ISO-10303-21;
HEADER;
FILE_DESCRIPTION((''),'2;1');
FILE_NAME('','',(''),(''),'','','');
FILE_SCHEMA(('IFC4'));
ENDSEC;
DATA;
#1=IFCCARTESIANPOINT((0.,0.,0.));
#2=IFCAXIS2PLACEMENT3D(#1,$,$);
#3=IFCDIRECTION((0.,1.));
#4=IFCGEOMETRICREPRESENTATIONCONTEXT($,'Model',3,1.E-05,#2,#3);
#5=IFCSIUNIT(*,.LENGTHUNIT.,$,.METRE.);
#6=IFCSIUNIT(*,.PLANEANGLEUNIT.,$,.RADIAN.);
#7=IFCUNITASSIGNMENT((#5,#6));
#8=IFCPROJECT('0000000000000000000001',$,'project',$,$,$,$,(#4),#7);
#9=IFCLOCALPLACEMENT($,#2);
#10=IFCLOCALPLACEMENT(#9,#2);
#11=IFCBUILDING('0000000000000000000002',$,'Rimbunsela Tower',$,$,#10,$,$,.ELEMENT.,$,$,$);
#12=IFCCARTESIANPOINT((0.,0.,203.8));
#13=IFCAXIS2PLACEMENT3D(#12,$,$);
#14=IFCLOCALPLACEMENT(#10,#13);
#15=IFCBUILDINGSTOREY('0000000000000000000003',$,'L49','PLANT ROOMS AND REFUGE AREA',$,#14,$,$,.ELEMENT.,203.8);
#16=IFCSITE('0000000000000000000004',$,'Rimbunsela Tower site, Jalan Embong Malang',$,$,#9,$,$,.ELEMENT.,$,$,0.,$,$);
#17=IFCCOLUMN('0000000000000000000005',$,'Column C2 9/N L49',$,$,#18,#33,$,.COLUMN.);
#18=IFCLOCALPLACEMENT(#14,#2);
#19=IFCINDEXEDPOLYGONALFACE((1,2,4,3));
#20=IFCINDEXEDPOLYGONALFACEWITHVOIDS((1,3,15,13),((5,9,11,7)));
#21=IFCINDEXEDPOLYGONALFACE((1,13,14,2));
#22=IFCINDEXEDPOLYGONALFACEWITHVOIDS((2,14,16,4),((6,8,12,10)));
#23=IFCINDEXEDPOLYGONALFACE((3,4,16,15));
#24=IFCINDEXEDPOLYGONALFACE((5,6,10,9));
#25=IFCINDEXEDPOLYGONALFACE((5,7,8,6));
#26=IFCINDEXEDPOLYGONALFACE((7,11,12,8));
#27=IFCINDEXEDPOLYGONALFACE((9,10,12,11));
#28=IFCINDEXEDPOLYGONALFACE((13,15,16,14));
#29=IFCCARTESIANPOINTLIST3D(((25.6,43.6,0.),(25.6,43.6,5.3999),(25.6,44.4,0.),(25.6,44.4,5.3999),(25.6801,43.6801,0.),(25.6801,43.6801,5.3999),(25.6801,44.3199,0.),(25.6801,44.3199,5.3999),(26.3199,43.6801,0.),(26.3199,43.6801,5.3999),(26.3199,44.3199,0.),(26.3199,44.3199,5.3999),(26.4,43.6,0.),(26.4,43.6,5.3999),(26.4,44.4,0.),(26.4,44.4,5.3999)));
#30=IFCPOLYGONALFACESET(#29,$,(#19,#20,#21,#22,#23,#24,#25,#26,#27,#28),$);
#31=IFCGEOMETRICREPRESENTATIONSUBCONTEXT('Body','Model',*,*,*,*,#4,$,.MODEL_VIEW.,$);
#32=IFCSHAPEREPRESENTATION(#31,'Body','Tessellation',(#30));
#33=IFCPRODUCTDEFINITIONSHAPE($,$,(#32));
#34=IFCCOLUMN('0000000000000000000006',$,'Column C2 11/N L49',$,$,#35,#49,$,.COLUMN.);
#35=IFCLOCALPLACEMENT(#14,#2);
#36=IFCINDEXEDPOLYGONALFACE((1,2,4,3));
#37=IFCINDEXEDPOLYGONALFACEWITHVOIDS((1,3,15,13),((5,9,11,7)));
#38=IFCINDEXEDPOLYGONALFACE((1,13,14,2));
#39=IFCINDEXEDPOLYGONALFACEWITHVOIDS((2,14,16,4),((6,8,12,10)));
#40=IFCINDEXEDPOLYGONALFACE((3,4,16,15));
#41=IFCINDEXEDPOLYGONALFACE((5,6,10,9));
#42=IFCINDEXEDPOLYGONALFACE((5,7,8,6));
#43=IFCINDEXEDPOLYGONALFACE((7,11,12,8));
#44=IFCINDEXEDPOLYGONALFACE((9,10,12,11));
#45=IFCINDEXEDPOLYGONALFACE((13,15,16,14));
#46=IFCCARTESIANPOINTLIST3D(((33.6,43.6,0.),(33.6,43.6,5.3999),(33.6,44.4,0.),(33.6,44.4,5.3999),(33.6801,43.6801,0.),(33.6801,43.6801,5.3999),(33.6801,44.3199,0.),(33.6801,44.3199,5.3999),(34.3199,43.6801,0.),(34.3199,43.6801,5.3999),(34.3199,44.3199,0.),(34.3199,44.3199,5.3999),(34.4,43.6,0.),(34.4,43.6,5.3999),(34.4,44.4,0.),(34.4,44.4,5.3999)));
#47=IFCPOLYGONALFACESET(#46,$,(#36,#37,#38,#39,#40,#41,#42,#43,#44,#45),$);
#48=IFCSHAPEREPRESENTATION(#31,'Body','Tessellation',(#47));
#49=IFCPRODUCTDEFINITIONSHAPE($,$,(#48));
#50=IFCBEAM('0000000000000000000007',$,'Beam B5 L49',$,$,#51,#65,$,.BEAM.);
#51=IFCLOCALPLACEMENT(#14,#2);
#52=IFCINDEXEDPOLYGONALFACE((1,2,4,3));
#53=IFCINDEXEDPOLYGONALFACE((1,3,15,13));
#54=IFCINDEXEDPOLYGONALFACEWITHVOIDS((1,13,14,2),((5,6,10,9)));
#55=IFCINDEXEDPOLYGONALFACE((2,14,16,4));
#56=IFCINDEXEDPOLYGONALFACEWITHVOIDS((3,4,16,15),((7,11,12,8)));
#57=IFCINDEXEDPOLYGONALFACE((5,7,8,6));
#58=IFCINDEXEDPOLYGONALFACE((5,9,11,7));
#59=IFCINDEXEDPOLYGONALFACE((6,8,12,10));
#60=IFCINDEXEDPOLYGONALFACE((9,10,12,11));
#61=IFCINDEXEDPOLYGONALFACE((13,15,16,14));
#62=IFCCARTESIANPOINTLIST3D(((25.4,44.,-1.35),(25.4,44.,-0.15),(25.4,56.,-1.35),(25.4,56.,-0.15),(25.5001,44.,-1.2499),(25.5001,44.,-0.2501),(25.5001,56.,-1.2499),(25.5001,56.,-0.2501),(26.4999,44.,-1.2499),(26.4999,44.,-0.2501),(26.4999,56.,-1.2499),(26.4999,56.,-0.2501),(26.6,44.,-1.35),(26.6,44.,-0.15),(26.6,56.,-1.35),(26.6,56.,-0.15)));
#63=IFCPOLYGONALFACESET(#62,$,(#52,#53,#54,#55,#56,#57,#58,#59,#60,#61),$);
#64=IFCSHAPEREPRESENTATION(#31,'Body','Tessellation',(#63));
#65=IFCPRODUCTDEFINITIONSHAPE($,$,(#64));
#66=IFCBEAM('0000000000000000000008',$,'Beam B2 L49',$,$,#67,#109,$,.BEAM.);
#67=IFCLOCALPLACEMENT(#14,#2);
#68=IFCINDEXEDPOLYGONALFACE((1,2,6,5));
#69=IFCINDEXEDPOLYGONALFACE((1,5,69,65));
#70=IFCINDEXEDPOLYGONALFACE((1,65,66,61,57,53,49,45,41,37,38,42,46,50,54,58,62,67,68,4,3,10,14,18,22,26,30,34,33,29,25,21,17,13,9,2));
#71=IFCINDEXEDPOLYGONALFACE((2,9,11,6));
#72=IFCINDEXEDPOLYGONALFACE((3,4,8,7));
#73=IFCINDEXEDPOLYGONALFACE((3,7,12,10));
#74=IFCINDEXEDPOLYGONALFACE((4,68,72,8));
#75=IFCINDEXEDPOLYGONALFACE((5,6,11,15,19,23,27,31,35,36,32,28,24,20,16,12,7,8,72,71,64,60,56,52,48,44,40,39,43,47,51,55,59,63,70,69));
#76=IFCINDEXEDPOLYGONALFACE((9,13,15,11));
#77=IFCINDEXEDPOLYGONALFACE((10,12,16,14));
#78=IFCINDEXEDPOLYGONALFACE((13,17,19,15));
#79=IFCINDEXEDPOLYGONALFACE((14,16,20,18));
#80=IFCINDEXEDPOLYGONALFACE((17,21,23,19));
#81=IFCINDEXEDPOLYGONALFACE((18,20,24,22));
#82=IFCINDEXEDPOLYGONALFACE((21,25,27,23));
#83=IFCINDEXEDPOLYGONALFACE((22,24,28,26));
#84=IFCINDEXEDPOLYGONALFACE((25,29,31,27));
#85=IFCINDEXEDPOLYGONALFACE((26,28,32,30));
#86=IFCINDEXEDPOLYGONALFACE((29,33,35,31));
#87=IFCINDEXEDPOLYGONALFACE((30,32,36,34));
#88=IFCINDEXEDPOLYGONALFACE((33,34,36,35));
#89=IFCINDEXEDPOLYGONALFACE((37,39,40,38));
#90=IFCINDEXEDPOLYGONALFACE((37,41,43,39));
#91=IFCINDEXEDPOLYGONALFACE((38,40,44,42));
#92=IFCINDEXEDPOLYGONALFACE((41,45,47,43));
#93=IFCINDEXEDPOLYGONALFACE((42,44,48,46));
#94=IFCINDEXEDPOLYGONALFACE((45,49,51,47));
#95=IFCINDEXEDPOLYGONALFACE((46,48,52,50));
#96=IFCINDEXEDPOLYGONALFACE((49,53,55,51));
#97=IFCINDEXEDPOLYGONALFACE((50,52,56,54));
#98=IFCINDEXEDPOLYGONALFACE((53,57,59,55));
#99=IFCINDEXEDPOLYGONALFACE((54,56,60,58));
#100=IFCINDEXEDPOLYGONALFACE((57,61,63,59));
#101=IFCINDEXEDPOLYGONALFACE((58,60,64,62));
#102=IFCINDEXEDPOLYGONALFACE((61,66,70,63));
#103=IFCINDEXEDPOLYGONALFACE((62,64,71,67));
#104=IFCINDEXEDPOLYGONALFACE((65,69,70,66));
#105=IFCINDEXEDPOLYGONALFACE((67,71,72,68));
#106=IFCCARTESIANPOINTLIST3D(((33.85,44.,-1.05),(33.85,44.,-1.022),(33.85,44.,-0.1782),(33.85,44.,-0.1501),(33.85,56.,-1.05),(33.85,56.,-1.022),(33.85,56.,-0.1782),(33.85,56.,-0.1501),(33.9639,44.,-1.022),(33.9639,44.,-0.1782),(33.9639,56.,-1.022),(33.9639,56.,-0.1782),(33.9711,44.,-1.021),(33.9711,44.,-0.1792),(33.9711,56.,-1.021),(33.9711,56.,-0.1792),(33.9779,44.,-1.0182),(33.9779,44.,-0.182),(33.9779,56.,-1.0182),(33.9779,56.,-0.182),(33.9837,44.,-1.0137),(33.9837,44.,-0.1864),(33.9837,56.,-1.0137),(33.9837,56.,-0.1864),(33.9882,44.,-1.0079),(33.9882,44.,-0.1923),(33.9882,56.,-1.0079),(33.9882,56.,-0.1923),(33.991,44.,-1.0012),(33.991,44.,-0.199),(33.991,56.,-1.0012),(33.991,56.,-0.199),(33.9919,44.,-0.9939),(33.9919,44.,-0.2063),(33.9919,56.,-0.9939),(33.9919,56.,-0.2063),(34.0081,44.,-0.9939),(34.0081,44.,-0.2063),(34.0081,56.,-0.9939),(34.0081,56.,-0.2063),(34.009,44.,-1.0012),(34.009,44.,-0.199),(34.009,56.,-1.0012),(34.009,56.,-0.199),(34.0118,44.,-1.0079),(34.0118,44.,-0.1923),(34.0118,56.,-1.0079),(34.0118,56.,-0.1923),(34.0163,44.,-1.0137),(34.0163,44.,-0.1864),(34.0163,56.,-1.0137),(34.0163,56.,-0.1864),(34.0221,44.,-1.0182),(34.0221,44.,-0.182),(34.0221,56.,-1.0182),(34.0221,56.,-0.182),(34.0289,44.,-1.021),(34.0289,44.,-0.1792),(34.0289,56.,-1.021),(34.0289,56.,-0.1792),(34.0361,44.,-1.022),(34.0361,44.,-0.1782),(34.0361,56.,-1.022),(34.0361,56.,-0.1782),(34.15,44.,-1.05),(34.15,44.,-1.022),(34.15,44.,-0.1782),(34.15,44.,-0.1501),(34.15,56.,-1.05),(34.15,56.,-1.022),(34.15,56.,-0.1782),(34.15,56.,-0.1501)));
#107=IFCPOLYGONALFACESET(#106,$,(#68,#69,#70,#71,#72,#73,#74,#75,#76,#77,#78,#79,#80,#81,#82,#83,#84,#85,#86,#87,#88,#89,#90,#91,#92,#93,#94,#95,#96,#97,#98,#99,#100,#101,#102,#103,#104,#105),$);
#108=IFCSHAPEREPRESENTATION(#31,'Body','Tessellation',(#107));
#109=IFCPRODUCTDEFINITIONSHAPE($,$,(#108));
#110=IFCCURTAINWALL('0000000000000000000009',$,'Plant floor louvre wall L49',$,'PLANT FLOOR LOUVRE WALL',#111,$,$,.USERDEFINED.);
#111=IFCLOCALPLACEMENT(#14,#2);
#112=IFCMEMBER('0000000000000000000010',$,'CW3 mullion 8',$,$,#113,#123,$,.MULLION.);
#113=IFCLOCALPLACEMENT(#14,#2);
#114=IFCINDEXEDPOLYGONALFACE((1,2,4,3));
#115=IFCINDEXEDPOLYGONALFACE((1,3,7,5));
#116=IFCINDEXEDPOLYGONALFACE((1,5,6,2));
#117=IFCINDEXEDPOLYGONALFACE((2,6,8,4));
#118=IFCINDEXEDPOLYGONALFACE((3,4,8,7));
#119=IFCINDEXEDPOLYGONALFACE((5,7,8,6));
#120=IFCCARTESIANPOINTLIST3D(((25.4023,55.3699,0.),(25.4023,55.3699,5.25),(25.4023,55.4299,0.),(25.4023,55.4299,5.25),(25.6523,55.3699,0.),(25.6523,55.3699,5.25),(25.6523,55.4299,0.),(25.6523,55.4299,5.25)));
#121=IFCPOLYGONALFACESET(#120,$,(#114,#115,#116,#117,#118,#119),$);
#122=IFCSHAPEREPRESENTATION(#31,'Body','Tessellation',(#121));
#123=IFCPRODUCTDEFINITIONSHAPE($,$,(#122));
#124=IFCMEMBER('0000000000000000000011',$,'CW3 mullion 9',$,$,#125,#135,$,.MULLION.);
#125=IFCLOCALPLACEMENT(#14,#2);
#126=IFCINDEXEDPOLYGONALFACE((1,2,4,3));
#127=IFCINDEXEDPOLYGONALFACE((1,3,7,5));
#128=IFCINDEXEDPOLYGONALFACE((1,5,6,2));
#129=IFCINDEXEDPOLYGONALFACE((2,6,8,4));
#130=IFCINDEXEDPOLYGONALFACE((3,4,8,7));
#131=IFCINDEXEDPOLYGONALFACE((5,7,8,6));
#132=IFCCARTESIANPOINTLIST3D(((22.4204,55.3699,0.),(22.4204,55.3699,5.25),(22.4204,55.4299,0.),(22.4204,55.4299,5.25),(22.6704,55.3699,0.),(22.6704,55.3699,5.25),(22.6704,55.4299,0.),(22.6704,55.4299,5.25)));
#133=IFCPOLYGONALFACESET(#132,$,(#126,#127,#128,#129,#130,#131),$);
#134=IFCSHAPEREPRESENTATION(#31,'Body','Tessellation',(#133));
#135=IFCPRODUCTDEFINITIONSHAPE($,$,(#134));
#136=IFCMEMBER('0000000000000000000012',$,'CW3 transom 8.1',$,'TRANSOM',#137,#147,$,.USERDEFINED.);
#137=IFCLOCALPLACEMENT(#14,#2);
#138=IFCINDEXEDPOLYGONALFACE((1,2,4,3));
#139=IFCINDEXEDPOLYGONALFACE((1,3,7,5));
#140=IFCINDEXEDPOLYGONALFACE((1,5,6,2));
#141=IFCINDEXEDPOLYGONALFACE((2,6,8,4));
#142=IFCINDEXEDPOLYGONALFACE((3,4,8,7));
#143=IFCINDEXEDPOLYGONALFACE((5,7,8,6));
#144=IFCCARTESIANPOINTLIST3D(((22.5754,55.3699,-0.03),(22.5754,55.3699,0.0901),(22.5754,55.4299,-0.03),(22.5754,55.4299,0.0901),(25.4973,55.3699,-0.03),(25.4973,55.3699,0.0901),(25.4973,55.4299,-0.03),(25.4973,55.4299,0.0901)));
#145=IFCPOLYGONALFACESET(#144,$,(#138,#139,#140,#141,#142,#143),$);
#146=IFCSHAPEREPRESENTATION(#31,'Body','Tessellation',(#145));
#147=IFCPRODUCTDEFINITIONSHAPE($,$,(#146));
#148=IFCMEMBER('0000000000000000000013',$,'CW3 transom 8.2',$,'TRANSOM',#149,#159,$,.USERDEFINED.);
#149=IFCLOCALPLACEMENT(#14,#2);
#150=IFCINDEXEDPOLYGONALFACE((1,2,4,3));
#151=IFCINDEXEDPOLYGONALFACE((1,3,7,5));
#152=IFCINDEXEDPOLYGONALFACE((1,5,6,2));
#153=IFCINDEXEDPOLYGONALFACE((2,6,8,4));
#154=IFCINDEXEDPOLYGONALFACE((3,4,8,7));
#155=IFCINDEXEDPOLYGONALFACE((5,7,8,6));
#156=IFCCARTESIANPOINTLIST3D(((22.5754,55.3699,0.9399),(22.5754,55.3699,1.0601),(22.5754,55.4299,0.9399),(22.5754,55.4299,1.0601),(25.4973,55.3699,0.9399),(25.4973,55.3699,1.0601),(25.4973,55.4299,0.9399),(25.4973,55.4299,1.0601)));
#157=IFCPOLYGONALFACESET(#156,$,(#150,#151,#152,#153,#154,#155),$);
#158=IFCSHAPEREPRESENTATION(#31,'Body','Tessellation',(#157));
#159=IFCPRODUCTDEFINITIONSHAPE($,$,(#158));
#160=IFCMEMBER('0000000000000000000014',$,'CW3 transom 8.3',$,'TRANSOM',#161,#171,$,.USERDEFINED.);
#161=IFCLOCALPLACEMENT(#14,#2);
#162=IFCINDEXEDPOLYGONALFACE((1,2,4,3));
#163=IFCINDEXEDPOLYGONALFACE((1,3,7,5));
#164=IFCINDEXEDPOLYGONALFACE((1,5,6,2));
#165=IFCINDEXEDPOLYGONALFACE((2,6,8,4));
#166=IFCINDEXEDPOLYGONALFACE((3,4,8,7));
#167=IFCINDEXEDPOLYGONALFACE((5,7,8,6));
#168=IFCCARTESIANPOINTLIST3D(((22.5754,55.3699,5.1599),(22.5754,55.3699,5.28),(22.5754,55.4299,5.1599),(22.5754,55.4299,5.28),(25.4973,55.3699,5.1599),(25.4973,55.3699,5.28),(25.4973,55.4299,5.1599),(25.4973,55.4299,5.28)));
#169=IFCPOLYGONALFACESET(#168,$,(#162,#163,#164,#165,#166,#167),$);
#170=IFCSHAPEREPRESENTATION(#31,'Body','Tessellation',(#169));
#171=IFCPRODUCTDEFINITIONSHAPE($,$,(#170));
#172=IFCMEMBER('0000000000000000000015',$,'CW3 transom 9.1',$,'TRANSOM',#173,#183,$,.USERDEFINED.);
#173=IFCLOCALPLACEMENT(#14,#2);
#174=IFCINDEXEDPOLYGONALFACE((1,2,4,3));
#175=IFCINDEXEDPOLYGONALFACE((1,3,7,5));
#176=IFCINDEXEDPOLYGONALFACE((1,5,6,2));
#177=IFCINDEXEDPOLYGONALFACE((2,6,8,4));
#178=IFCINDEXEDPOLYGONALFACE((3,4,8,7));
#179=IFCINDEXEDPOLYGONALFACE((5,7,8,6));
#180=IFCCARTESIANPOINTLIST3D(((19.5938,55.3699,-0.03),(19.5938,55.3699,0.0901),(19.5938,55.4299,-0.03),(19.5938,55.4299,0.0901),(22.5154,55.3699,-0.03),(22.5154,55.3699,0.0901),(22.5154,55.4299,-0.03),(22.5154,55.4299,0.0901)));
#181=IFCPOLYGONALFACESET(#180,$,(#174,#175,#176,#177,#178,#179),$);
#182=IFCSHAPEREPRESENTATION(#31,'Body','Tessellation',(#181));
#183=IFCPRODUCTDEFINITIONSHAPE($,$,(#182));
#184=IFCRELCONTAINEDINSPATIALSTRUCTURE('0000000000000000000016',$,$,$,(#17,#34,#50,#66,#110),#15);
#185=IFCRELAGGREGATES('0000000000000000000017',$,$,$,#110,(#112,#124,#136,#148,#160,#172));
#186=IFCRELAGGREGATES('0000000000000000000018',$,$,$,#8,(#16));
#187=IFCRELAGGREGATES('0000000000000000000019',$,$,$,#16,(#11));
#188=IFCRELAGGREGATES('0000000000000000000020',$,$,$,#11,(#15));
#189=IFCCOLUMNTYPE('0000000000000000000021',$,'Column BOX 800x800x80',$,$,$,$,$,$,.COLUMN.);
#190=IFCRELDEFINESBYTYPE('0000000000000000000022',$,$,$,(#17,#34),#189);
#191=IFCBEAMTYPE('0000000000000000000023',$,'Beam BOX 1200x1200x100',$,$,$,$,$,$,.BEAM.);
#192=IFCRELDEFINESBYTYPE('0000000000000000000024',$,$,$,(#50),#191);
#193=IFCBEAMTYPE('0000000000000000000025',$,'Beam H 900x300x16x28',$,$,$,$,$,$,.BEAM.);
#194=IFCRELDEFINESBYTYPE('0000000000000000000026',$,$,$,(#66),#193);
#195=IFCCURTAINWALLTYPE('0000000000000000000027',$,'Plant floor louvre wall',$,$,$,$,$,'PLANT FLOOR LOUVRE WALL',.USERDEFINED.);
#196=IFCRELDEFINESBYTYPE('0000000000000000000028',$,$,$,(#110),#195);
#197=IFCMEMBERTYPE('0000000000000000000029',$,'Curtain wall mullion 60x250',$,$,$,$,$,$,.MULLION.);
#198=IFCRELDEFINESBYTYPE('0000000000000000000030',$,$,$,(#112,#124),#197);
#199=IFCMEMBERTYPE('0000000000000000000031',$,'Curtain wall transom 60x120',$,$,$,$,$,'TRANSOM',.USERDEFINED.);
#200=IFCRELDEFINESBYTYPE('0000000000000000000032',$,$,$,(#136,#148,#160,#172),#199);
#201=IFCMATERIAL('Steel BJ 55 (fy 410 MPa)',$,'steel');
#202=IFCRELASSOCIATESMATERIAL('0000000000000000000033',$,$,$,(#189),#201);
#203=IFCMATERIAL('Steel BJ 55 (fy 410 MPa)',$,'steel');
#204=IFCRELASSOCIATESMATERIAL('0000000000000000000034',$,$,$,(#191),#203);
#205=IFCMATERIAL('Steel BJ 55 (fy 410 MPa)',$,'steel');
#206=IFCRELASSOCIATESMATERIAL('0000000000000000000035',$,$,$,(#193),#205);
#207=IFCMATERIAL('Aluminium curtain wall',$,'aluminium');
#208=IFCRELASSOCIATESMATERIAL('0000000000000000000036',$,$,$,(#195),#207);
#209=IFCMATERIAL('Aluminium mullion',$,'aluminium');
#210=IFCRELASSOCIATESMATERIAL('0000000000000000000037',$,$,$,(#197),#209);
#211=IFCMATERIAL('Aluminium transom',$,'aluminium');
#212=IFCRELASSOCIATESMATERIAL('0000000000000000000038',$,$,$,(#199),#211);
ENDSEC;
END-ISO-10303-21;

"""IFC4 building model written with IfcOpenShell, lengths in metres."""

from ifc_helpers import new_model, si_unit, direction, frame, origin, origin_2d, place, context, subcontext, project, spatial, rectangle, hollow_rectangle, i_section, extrude, material, material_profile, profile_set, type_object, element, aggregate, save


model = new_model("IFC4")

# Units and contexts
model_context = context("Model", 3, precision=1e-05, world=origin(), true_north=direction((0.0, 1.0)))
body_context = subcontext(model_context, "Body", "Model", "MODEL_VIEW")
ifc_project = project(units=[si_unit("LENGTHUNIT", "METRE"), si_unit("PLANEANGLEUNIT", "RADIAN")], contexts=[model_context])

# Site, building, storey
site_placement = place(None, origin())
site = spatial("IfcSite", under=ifc_project, at=site_placement, Name="Rimbunsela Tower site, Jalan Embong Malang", CompositionType="ELEMENT", RefElevation=0.0)
building_placement = place(site_placement, origin())
building = spatial("IfcBuilding", under=site, at=building_placement, Name="Rimbunsela Tower", CompositionType="ELEMENT")
storey_placement = place(building_placement, frame((0.0, 0.0, 203.8)))
storey = spatial("IfcBuildingStorey", under=building, at=storey_placement, Name="L49", Description="PLANT ROOMS AND REFUGE AREA", CompositionType="ELEMENT", Elevation=203.8)

# Columns
ifc_material_1 = material(Name="Steel BJ 55 (fy 410 MPa)", Category="steel")
ifc_material_profile_1 = material_profile(ifc_material_1, hollow_rectangle(XDim=0.8, YDim=0.8, WallThickness=0.0801, at=origin_2d()), Name="BOX 800x800x80")
ifc_profile_set_1 = profile_set([ifc_material_profile_1], Name="Steel BJ 55 (fy 410 MPa)")
column_type = type_object("IfcColumnType", Name="Column BOX 800x800x80", PredefinedType="COLUMN", material=ifc_profile_set_1)
for number, where, z_axis, x_axis, name in (
    (1, (26.0, 44.0, 0.0), (0.0, 0.0, 1.0), (1.0, 0.0, 0.0), "Column C2 9/N L49"),
    (2, (34.0, 44.0, 0.0), (0.0, 0.0, 1.0), (1.0, 0.0, 0.0), "Column C2 11/N L49"),
):
    element("IfcColumn", number, at=place(storey_placement, frame(where, z_axis=z_axis, x_axis=x_axis)), inside=storey, type_object=column_type, Name=name, PredefinedType="COLUMN", context=body_context, shape_type="SweptSolid", body=[
        extrude(hollow_rectangle(XDim=0.8, YDim=0.8, WallThickness=0.0801, at=origin_2d()), origin(), (0.0, 0.0, 1.0), 5.3999),
    ])

# Beams
ifc_material_2 = material(Name="Steel BJ 55 (fy 410 MPa)", Category="steel")
ifc_material_profile_2 = material_profile(ifc_material_2, hollow_rectangle(XDim=1.2, YDim=1.2, WallThickness=0.1001, at=origin_2d()), Name="BOX 1200x1200x100")
ifc_profile_set_2 = profile_set([ifc_material_profile_2], Name="Steel BJ 55 (fy 410 MPa)")
beam_type_1 = type_object("IfcBeamType", Name="Beam BOX 1200x1200x100", PredefinedType="BEAM", material=ifc_profile_set_2)
beam_1_placement = place(storey_placement, frame((26.0, 44.0, -0.75), z_axis=(0.0, 1.0, 0.0), x_axis=(-1.0, 0.0, 0.0)))
element("IfcBeam", 3, at=beam_1_placement, inside=storey, type_object=beam_type_1, Name="Beam B5 L49", PredefinedType="BEAM", context=body_context, shape_type="SweptSolid", body=[
    extrude(hollow_rectangle(XDim=1.2, YDim=1.2, WallThickness=0.1001, at=origin_2d()), origin(), (0.0, 0.0, 1.0), 12.0),
])
ifc_material_3 = material(Name="Steel BJ 55 (fy 410 MPa)", Category="steel")
ifc_material_profile_3 = material_profile(ifc_material_3, i_section(OverallWidth=0.3, OverallDepth=0.8999, WebThickness=0.0161, FlangeThickness=0.0281, FilletRadius=0.0281, at=origin_2d()), Name="H 900x300x16x28")
ifc_profile_set_3 = profile_set([ifc_material_profile_3], Name="Steel BJ 55 (fy 410 MPa)")
beam_type_2 = type_object("IfcBeamType", Name="Beam H 900x300x16x28", PredefinedType="BEAM", material=ifc_profile_set_3)
beam_2_placement = place(storey_placement, frame((34.0, 44.0, -0.6001), z_axis=(0.0, 1.0, 0.0), x_axis=(-1.0, 0.0, 0.0)))
element("IfcBeam", 4, at=beam_2_placement, inside=storey, type_object=beam_type_2, Name="Beam B2 L49", PredefinedType="BEAM", context=body_context, shape_type="SweptSolid", body=[
    extrude(i_section(OverallWidth=0.3, OverallDepth=0.8999, WebThickness=0.0161, FlangeThickness=0.0281, FilletRadius=0.0281, at=origin_2d()), origin(), (0.0, 0.0, 1.0), 12.0),
])

# Curtain wall, members
ifc_material_4 = material(Name="Aluminium curtain wall", Category="aluminium")
curtain_wall_type = type_object("IfcCurtainWallType", Name="Plant floor louvre wall", ElementType="PLANT FLOOR LOUVRE WALL", PredefinedType="USERDEFINED", material=ifc_material_4)
curtain_wall_placement = place(storey_placement, origin())
curtain_wall = element("IfcCurtainWall", 5, at=curtain_wall_placement, inside=storey, type_object=curtain_wall_type, Name="Plant floor louvre wall L49", ObjectType="PLANT FLOOR LOUVRE WALL", PredefinedType="USERDEFINED")
ifc_material_5 = material(Name="Aluminium mullion", Category="aluminium")
ifc_material_profile_4 = material_profile(ifc_material_5, rectangle(XDim=0.0601, YDim=0.25, at=origin_2d()), Name="Mullion 60x250")
ifc_profile_set_4 = profile_set([ifc_material_profile_4], Name="Aluminium mullion")
member_type_1 = type_object("IfcMemberType", Name="Curtain wall mullion 60x250", PredefinedType="MULLION", material=ifc_profile_set_4)
member_1_placement = place(storey_placement, frame((25.5273, 55.3999, 0.0), z_axis=(0.0, 0.0, 1.0), x_axis=(0.0, -1.0, 0.0)))
member_1 = element("IfcMember", 6, at=member_1_placement, type_object=member_type_1, Name="CW3 mullion 8", PredefinedType="MULLION", context=body_context, shape_type="SweptSolid", body=[
    extrude(rectangle(XDim=0.0601, YDim=0.25, at=origin_2d()), origin(), (0.0, 0.0, 1.0), 5.25),
])
member_2_placement = place(storey_placement, frame((22.5454, 55.3999, 0.0), z_axis=(0.0, 0.0, 1.0), x_axis=(0.0, -1.0, 0.0)))
member_2 = element("IfcMember", 7, at=member_2_placement, type_object=member_type_1, Name="CW3 mullion 9", PredefinedType="MULLION", context=body_context, shape_type="SweptSolid", body=[
    extrude(rectangle(XDim=0.0601, YDim=0.25, at=origin_2d()), origin(), (0.0, 0.0, 1.0), 5.25),
])
ifc_material_6 = material(Name="Aluminium transom", Category="aluminium")
ifc_material_profile_5 = material_profile(ifc_material_6, rectangle(XDim=0.0601, YDim=0.1201, at=origin_2d()), Name="Transom 60x120")
ifc_profile_set_5 = profile_set([ifc_material_profile_5], Name="Aluminium transom")
member_type_2 = type_object("IfcMemberType", Name="Curtain wall transom 60x120", ElementType="TRANSOM", PredefinedType="USERDEFINED", material=ifc_profile_set_5)
member_3_placement = place(storey_placement, frame((25.4973, 55.3999, 0.03), z_axis=(-1.0, 0.0, 0.0), x_axis=(0.0, -1.0, 0.0)))
member_3 = element("IfcMember", 8, at=member_3_placement, type_object=member_type_2, Name="CW3 transom 8.1", ObjectType="TRANSOM", PredefinedType="USERDEFINED", context=body_context, shape_type="SweptSolid", body=[
    extrude(rectangle(XDim=0.0601, YDim=0.1201, at=origin_2d()), origin(), (0.0, 0.0, 1.0), 2.9219),
])
member_4_placement = place(storey_placement, frame((25.4973, 55.3999, 1.0), z_axis=(-1.0, 0.0, 0.0), x_axis=(0.0, -1.0, 0.0)))
member_4 = element("IfcMember", 9, at=member_4_placement, type_object=member_type_2, Name="CW3 transom 8.2", ObjectType="TRANSOM", PredefinedType="USERDEFINED", context=body_context, shape_type="SweptSolid", body=[
    extrude(rectangle(XDim=0.0601, YDim=0.1201, at=origin_2d()), origin(), (0.0, 0.0, 1.0), 2.9219),
])
member_5_placement = place(storey_placement, frame((25.4973, 55.3999, 5.22), z_axis=(-1.0, 0.0, 0.0), x_axis=(0.0, -1.0, 0.0)))
member_5 = element("IfcMember", 10, at=member_5_placement, type_object=member_type_2, Name="CW3 transom 8.3", ObjectType="TRANSOM", PredefinedType="USERDEFINED", context=body_context, shape_type="SweptSolid", body=[
    extrude(rectangle(XDim=0.0601, YDim=0.1201, at=origin_2d()), origin(), (0.0, 0.0, 1.0), 2.9219),
])
member_6_placement = place(storey_placement, frame((22.5154, 55.3999, 0.03), z_axis=(-1.0, 0.0, 0.0), x_axis=(0.0, -1.0, 0.0)))
member_6 = element("IfcMember", 11, at=member_6_placement, type_object=member_type_2, Name="CW3 transom 9.1", ObjectType="TRANSOM", PredefinedType="USERDEFINED", context=body_context, shape_type="SweptSolid", body=[
    extrude(rectangle(XDim=0.0601, YDim=0.1201, at=origin_2d()), origin(), (0.0, 0.0, 1.0), 2.9216),
])
aggregate(curtain_wall, [member_1, member_2, member_3, member_4, member_5, member_6])

save(model, "model.ifc")
